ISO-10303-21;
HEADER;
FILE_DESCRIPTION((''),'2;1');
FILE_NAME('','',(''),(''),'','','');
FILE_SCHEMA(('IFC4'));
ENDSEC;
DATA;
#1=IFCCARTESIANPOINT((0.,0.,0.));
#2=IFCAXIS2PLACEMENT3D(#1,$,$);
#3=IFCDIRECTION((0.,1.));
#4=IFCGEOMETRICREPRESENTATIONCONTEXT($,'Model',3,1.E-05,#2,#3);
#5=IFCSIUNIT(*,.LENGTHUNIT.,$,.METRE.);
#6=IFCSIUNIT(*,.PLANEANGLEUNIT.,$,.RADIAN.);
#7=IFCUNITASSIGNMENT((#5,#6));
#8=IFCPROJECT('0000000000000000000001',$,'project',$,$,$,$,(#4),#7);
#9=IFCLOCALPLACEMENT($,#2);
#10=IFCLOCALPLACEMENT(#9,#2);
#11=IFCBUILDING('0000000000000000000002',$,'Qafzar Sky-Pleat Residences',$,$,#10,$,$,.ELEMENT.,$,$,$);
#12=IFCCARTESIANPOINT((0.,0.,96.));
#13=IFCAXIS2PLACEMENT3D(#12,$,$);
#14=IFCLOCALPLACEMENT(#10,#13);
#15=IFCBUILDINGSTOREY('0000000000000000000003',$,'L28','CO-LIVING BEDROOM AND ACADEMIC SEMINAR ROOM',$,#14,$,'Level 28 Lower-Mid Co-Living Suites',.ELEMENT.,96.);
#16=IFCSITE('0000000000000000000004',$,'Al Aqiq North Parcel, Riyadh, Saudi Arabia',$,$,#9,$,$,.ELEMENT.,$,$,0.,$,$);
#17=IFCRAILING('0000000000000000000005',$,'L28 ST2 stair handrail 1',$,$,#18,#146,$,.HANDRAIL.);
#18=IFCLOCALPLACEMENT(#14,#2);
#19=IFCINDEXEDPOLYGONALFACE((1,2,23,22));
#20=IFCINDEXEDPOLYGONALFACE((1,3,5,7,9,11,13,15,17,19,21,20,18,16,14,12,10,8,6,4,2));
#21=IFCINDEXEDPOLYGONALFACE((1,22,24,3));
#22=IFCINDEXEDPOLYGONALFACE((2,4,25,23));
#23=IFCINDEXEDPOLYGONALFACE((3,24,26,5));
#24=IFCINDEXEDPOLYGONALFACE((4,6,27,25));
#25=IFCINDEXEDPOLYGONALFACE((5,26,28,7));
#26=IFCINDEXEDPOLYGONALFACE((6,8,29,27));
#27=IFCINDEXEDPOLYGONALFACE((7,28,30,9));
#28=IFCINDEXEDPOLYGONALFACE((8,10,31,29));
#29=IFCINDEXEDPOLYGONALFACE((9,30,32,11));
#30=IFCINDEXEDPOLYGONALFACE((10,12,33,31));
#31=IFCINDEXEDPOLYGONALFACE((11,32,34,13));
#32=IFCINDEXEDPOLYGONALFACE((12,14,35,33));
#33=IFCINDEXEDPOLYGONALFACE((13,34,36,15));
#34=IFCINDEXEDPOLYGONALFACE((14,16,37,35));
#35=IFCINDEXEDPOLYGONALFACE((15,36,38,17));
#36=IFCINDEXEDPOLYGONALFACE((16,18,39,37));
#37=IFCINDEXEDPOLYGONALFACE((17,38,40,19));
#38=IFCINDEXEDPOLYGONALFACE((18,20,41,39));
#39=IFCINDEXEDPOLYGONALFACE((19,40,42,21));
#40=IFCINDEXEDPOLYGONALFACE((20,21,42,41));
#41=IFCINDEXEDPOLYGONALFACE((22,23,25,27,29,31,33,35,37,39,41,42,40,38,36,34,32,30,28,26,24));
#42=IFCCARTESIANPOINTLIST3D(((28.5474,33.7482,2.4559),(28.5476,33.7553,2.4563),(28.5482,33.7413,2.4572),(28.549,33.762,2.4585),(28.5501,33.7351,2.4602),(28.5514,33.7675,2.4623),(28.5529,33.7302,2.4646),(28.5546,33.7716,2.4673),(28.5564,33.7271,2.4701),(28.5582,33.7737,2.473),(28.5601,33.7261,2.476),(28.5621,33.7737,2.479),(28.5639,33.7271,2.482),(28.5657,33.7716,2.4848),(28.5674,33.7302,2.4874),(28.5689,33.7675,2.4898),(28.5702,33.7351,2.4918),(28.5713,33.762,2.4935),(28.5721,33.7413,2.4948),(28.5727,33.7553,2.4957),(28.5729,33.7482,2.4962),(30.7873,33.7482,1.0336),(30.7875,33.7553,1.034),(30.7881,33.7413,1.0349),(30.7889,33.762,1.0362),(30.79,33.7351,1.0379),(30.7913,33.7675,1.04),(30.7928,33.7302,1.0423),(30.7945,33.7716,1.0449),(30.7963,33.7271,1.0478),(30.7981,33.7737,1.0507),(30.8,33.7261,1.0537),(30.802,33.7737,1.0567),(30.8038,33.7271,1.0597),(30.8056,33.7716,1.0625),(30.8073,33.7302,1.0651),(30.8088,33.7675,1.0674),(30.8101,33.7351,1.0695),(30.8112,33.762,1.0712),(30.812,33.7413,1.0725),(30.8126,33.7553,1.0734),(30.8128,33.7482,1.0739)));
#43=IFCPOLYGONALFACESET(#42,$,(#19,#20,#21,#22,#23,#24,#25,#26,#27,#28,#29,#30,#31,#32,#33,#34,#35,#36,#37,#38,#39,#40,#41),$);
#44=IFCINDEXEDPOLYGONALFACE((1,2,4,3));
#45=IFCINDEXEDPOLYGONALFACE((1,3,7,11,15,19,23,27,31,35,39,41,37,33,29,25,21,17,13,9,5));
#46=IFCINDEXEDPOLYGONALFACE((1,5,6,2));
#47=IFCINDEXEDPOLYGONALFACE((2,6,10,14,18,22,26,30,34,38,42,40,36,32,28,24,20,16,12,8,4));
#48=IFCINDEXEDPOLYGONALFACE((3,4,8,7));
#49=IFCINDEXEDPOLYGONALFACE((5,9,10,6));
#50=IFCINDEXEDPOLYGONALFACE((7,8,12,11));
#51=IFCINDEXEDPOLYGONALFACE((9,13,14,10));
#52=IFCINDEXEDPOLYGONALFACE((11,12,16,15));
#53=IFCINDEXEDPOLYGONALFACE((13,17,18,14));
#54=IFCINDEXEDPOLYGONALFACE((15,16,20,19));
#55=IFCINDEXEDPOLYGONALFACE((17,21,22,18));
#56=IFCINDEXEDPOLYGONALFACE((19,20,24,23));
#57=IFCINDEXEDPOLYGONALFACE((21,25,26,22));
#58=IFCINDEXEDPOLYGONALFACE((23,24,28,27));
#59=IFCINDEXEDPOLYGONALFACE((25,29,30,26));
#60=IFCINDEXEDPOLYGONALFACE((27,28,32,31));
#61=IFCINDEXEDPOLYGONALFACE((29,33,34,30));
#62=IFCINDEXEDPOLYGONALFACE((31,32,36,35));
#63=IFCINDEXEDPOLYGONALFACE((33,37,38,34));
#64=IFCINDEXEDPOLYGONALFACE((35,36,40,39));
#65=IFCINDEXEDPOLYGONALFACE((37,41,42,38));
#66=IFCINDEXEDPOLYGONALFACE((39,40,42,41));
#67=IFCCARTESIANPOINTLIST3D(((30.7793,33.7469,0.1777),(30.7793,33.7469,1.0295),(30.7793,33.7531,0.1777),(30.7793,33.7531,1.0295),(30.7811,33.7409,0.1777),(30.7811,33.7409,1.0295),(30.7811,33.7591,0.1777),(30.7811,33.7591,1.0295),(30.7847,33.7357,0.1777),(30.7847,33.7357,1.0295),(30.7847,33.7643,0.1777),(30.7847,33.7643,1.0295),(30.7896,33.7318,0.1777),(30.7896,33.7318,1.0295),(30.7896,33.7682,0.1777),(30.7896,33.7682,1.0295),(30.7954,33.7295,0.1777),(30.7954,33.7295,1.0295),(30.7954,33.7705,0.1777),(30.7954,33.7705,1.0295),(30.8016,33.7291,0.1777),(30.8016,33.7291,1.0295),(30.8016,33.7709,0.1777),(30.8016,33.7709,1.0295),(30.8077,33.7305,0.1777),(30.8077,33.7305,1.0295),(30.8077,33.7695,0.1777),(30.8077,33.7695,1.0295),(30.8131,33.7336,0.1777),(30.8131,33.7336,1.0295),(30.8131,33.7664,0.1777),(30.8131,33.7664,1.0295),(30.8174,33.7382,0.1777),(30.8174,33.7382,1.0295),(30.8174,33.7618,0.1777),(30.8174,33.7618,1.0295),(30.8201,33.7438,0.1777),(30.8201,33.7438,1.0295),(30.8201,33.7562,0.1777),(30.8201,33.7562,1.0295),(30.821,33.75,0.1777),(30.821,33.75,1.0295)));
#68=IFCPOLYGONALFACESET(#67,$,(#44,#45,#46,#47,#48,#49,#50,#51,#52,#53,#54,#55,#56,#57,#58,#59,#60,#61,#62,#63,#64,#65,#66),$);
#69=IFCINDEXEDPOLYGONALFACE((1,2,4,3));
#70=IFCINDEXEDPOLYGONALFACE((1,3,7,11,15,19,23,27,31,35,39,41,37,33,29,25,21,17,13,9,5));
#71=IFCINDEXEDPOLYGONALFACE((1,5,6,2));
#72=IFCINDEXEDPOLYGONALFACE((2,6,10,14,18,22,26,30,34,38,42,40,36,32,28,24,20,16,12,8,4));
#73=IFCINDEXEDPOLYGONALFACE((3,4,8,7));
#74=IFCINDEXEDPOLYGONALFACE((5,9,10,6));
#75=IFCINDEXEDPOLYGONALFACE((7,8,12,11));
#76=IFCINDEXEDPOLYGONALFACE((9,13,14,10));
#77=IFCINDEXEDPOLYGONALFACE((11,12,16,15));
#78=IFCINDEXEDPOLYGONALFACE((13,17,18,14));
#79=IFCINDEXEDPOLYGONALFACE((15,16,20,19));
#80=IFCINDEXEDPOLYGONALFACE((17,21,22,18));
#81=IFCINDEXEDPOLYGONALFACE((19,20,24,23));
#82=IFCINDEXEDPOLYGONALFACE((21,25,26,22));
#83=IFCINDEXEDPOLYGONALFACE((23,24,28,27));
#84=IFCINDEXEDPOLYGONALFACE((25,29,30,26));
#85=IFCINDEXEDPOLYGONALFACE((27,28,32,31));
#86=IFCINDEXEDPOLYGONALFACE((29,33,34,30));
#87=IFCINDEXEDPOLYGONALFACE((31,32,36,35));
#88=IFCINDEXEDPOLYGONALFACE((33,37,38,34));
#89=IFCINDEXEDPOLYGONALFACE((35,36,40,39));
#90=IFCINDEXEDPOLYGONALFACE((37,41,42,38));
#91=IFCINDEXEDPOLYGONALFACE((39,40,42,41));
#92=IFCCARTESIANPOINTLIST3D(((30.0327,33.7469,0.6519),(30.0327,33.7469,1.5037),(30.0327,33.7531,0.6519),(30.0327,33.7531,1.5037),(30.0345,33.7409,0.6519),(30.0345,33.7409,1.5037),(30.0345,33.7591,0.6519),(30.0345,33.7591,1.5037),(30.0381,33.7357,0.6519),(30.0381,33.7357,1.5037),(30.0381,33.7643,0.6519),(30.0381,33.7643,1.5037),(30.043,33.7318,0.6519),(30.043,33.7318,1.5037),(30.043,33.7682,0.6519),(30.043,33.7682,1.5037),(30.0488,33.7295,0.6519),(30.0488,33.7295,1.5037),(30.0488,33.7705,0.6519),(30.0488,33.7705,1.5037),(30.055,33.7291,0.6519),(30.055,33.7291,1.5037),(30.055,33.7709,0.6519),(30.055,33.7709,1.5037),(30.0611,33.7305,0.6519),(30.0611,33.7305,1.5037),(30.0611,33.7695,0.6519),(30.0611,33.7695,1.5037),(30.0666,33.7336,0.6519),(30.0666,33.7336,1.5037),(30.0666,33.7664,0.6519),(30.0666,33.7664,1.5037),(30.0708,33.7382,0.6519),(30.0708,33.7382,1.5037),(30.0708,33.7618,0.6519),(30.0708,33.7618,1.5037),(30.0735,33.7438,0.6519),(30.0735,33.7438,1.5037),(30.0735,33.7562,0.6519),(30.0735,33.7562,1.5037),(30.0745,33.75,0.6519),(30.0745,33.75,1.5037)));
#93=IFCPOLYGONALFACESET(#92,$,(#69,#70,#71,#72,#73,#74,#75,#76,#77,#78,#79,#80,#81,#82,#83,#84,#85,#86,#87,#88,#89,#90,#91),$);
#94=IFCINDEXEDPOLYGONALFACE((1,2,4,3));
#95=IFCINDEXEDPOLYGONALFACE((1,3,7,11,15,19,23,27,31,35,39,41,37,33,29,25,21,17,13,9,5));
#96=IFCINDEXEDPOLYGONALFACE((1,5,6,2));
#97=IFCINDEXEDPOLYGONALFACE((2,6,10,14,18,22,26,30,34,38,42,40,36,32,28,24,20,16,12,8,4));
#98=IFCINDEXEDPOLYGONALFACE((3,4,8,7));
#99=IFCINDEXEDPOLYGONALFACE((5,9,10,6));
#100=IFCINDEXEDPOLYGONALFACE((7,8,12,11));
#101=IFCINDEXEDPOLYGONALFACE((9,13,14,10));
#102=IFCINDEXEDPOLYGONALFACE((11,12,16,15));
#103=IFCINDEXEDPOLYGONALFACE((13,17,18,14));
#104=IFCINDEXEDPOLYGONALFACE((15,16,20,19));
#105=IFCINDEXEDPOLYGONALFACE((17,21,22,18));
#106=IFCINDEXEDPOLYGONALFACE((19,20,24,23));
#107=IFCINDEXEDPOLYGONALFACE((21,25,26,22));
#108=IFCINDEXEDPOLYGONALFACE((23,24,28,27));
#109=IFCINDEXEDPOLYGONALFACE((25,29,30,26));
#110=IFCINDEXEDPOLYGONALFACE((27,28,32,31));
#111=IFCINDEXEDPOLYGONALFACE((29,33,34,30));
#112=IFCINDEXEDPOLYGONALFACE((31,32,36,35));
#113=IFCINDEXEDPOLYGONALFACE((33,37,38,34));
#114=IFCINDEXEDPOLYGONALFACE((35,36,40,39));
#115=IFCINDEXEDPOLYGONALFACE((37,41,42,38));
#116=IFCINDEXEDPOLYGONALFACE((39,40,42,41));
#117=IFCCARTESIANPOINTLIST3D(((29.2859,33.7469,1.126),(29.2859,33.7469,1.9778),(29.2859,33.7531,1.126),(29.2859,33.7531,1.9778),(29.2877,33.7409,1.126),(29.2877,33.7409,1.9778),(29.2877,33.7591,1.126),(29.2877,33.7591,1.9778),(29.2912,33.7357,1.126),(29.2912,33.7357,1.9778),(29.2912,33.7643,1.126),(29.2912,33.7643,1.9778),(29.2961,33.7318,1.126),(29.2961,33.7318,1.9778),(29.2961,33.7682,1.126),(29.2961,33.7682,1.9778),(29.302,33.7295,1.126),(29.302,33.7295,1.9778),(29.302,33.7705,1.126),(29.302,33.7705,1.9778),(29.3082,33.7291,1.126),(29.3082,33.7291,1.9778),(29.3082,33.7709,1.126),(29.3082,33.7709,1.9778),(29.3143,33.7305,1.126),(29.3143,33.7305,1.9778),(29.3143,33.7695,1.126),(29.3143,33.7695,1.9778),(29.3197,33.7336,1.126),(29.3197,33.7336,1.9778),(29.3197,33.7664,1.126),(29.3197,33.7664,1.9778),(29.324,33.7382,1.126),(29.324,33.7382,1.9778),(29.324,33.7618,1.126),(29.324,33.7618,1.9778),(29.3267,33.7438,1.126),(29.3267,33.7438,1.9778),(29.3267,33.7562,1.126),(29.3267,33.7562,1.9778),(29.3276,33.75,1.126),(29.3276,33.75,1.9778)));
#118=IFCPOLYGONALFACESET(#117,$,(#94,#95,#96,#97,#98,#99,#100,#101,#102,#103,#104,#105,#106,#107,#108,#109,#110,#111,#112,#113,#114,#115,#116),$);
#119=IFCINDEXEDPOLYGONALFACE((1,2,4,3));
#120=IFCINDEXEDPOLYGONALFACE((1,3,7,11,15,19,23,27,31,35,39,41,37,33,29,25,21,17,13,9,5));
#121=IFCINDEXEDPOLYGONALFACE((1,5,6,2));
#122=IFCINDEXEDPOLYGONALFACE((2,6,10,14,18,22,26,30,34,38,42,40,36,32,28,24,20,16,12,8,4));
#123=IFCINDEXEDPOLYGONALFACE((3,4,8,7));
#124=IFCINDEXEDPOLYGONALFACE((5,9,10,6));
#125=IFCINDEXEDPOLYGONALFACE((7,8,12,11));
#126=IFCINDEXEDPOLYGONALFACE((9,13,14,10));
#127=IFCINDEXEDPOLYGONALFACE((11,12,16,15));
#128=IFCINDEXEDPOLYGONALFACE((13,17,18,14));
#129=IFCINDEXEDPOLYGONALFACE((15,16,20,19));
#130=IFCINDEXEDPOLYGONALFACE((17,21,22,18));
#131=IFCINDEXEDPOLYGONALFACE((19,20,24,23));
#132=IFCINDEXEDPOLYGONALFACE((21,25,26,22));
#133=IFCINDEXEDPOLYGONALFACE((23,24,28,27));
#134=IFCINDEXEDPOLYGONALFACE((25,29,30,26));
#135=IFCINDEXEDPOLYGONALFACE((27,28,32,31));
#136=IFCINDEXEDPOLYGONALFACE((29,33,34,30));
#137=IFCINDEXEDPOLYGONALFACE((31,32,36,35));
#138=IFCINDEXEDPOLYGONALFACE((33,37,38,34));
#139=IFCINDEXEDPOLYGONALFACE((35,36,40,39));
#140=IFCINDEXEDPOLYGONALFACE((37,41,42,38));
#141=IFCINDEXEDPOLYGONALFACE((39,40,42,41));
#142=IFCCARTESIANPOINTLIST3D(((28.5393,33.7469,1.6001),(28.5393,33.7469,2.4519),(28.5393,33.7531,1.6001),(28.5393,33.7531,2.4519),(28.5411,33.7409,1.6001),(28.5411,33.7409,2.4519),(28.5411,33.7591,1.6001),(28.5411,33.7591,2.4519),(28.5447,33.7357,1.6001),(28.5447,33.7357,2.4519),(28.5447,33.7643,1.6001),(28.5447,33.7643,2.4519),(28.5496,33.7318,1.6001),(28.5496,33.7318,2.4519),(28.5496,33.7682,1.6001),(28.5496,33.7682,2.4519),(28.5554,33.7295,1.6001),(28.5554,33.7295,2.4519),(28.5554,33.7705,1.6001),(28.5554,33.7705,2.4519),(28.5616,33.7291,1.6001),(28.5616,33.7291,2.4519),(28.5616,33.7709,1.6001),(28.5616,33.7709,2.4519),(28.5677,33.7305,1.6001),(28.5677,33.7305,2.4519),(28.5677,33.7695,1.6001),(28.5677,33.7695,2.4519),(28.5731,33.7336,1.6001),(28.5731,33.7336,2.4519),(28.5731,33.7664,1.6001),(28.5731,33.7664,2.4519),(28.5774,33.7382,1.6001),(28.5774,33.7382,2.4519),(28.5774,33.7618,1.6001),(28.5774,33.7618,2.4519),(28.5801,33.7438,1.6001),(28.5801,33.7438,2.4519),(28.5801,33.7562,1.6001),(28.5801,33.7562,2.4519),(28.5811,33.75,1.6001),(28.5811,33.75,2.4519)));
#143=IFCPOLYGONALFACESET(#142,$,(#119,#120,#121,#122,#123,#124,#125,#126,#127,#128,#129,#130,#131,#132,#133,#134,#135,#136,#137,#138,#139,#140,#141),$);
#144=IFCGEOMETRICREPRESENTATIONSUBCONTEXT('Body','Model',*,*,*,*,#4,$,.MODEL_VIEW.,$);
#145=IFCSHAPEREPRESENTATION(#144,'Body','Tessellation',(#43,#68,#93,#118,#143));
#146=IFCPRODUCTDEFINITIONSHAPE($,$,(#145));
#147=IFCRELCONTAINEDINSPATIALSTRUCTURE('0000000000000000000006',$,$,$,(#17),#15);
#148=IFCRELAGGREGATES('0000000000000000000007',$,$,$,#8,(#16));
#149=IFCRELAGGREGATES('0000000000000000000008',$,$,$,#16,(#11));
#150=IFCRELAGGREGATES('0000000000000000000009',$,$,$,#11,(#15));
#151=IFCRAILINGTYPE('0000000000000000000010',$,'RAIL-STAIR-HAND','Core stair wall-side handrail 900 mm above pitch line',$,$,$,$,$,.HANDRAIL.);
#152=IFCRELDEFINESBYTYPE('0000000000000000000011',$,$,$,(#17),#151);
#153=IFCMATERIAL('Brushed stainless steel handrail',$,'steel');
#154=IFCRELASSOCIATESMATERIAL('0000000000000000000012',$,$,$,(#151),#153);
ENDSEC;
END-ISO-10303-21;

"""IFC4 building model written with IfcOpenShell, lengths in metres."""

from ifc_helpers import new_model, si_unit, direction, frame, origin, origin_2d, place, context, subcontext, project, spatial, circle, extrude, source, transform, mapped, material, type_object, element, save


model = new_model("IFC4")

# Units and contexts
model_context = context("Model", 3, precision=1e-05, world=origin(), true_north=direction((0.0, 1.0)))
body_context = subcontext(model_context, "Body", "Model", "MODEL_VIEW")
ifc_project = project(units=[si_unit("LENGTHUNIT", "METRE"), si_unit("PLANEANGLEUNIT", "RADIAN")], contexts=[model_context])

# Site, building, storey
site_placement = place(None, origin())
site = spatial("IfcSite", under=ifc_project, at=site_placement, Name="Al Aqiq North Parcel, Riyadh, Saudi Arabia", CompositionType="ELEMENT", RefElevation=0.0)
building_placement = place(site_placement, origin())
building = spatial("IfcBuilding", under=site, at=building_placement, Name="Qafzar Sky-Pleat Residences", CompositionType="ELEMENT")
storey_placement = place(building_placement, frame((0.0, 0.0, 96.0)))
storey = spatial("IfcBuildingStorey", under=building, at=storey_placement, Name="L28", Description="CO-LIVING BEDROOM AND ACADEMIC SEMINAR ROOM", LongName="Level 28 Lower-Mid Co-Living Suites", CompositionType="ELEMENT", Elevation=96.0)

# Railing
ifc_material_1 = material(Name="Brushed stainless steel handrail", Category="steel")
railing_type_1 = type_object("IfcRailingType", Name="RAIL-STAIR-HAND", Description="Core stair wall-side handrail 900 mm above pitch line", PredefinedType="HANDRAIL", material=ifc_material_1)
shared_shape_1 = source(origin(), body_context, "Body", "SweptSolid", [
    extrude(circle(Radius=0.0239, at=origin_2d()), frame((0.0, 0.0, 0.876), z_axis=(-0.844188, 0.0, 0.536048), x_axis=(0.0, -1.0, 0.0)), (0.0, 0.0, 1.0), 2.6533),
    extrude(circle(Radius=0.021, at=origin_2d()), origin(), (0.0, 0.0, 1.0), 0.8518),
    extrude(circle(Radius=0.021, at=origin_2d()), frame((-0.7466, 0.0, 0.4741)), (0.0, 0.0, 1.0), 0.8518),
    extrude(circle(Radius=0.021, at=origin_2d()), frame((-1.4934, 0.0, 0.9482)), (0.0, 0.0, 1.0), 0.8518),
    extrude(circle(Radius=0.021, at=origin_2d()), frame((-2.24, 0.0, 1.4224)), (0.0, 0.0, 1.0), 0.8518),
])
railing_1_placement = place(storey_placement, frame((30.8, 33.75, 0.1777)))
element("IfcRailing", 1, at=railing_1_placement, inside=storey, type_object=railing_type_1, Name="L28 ST2 stair handrail 1", PredefinedType="HANDRAIL", context=body_context, shape_type="MappedRepresentation", body=[
    mapped(shared_shape_1, transform((0.0, 0.0, 0.0), x_axis=(1.0, 0.0, 0.0), y_axis=(0.0, 1.0, 0.0), z_axis=(0.0, 0.0, 1.0), scale=1.0)),
])

save(model, "model.ifc")
